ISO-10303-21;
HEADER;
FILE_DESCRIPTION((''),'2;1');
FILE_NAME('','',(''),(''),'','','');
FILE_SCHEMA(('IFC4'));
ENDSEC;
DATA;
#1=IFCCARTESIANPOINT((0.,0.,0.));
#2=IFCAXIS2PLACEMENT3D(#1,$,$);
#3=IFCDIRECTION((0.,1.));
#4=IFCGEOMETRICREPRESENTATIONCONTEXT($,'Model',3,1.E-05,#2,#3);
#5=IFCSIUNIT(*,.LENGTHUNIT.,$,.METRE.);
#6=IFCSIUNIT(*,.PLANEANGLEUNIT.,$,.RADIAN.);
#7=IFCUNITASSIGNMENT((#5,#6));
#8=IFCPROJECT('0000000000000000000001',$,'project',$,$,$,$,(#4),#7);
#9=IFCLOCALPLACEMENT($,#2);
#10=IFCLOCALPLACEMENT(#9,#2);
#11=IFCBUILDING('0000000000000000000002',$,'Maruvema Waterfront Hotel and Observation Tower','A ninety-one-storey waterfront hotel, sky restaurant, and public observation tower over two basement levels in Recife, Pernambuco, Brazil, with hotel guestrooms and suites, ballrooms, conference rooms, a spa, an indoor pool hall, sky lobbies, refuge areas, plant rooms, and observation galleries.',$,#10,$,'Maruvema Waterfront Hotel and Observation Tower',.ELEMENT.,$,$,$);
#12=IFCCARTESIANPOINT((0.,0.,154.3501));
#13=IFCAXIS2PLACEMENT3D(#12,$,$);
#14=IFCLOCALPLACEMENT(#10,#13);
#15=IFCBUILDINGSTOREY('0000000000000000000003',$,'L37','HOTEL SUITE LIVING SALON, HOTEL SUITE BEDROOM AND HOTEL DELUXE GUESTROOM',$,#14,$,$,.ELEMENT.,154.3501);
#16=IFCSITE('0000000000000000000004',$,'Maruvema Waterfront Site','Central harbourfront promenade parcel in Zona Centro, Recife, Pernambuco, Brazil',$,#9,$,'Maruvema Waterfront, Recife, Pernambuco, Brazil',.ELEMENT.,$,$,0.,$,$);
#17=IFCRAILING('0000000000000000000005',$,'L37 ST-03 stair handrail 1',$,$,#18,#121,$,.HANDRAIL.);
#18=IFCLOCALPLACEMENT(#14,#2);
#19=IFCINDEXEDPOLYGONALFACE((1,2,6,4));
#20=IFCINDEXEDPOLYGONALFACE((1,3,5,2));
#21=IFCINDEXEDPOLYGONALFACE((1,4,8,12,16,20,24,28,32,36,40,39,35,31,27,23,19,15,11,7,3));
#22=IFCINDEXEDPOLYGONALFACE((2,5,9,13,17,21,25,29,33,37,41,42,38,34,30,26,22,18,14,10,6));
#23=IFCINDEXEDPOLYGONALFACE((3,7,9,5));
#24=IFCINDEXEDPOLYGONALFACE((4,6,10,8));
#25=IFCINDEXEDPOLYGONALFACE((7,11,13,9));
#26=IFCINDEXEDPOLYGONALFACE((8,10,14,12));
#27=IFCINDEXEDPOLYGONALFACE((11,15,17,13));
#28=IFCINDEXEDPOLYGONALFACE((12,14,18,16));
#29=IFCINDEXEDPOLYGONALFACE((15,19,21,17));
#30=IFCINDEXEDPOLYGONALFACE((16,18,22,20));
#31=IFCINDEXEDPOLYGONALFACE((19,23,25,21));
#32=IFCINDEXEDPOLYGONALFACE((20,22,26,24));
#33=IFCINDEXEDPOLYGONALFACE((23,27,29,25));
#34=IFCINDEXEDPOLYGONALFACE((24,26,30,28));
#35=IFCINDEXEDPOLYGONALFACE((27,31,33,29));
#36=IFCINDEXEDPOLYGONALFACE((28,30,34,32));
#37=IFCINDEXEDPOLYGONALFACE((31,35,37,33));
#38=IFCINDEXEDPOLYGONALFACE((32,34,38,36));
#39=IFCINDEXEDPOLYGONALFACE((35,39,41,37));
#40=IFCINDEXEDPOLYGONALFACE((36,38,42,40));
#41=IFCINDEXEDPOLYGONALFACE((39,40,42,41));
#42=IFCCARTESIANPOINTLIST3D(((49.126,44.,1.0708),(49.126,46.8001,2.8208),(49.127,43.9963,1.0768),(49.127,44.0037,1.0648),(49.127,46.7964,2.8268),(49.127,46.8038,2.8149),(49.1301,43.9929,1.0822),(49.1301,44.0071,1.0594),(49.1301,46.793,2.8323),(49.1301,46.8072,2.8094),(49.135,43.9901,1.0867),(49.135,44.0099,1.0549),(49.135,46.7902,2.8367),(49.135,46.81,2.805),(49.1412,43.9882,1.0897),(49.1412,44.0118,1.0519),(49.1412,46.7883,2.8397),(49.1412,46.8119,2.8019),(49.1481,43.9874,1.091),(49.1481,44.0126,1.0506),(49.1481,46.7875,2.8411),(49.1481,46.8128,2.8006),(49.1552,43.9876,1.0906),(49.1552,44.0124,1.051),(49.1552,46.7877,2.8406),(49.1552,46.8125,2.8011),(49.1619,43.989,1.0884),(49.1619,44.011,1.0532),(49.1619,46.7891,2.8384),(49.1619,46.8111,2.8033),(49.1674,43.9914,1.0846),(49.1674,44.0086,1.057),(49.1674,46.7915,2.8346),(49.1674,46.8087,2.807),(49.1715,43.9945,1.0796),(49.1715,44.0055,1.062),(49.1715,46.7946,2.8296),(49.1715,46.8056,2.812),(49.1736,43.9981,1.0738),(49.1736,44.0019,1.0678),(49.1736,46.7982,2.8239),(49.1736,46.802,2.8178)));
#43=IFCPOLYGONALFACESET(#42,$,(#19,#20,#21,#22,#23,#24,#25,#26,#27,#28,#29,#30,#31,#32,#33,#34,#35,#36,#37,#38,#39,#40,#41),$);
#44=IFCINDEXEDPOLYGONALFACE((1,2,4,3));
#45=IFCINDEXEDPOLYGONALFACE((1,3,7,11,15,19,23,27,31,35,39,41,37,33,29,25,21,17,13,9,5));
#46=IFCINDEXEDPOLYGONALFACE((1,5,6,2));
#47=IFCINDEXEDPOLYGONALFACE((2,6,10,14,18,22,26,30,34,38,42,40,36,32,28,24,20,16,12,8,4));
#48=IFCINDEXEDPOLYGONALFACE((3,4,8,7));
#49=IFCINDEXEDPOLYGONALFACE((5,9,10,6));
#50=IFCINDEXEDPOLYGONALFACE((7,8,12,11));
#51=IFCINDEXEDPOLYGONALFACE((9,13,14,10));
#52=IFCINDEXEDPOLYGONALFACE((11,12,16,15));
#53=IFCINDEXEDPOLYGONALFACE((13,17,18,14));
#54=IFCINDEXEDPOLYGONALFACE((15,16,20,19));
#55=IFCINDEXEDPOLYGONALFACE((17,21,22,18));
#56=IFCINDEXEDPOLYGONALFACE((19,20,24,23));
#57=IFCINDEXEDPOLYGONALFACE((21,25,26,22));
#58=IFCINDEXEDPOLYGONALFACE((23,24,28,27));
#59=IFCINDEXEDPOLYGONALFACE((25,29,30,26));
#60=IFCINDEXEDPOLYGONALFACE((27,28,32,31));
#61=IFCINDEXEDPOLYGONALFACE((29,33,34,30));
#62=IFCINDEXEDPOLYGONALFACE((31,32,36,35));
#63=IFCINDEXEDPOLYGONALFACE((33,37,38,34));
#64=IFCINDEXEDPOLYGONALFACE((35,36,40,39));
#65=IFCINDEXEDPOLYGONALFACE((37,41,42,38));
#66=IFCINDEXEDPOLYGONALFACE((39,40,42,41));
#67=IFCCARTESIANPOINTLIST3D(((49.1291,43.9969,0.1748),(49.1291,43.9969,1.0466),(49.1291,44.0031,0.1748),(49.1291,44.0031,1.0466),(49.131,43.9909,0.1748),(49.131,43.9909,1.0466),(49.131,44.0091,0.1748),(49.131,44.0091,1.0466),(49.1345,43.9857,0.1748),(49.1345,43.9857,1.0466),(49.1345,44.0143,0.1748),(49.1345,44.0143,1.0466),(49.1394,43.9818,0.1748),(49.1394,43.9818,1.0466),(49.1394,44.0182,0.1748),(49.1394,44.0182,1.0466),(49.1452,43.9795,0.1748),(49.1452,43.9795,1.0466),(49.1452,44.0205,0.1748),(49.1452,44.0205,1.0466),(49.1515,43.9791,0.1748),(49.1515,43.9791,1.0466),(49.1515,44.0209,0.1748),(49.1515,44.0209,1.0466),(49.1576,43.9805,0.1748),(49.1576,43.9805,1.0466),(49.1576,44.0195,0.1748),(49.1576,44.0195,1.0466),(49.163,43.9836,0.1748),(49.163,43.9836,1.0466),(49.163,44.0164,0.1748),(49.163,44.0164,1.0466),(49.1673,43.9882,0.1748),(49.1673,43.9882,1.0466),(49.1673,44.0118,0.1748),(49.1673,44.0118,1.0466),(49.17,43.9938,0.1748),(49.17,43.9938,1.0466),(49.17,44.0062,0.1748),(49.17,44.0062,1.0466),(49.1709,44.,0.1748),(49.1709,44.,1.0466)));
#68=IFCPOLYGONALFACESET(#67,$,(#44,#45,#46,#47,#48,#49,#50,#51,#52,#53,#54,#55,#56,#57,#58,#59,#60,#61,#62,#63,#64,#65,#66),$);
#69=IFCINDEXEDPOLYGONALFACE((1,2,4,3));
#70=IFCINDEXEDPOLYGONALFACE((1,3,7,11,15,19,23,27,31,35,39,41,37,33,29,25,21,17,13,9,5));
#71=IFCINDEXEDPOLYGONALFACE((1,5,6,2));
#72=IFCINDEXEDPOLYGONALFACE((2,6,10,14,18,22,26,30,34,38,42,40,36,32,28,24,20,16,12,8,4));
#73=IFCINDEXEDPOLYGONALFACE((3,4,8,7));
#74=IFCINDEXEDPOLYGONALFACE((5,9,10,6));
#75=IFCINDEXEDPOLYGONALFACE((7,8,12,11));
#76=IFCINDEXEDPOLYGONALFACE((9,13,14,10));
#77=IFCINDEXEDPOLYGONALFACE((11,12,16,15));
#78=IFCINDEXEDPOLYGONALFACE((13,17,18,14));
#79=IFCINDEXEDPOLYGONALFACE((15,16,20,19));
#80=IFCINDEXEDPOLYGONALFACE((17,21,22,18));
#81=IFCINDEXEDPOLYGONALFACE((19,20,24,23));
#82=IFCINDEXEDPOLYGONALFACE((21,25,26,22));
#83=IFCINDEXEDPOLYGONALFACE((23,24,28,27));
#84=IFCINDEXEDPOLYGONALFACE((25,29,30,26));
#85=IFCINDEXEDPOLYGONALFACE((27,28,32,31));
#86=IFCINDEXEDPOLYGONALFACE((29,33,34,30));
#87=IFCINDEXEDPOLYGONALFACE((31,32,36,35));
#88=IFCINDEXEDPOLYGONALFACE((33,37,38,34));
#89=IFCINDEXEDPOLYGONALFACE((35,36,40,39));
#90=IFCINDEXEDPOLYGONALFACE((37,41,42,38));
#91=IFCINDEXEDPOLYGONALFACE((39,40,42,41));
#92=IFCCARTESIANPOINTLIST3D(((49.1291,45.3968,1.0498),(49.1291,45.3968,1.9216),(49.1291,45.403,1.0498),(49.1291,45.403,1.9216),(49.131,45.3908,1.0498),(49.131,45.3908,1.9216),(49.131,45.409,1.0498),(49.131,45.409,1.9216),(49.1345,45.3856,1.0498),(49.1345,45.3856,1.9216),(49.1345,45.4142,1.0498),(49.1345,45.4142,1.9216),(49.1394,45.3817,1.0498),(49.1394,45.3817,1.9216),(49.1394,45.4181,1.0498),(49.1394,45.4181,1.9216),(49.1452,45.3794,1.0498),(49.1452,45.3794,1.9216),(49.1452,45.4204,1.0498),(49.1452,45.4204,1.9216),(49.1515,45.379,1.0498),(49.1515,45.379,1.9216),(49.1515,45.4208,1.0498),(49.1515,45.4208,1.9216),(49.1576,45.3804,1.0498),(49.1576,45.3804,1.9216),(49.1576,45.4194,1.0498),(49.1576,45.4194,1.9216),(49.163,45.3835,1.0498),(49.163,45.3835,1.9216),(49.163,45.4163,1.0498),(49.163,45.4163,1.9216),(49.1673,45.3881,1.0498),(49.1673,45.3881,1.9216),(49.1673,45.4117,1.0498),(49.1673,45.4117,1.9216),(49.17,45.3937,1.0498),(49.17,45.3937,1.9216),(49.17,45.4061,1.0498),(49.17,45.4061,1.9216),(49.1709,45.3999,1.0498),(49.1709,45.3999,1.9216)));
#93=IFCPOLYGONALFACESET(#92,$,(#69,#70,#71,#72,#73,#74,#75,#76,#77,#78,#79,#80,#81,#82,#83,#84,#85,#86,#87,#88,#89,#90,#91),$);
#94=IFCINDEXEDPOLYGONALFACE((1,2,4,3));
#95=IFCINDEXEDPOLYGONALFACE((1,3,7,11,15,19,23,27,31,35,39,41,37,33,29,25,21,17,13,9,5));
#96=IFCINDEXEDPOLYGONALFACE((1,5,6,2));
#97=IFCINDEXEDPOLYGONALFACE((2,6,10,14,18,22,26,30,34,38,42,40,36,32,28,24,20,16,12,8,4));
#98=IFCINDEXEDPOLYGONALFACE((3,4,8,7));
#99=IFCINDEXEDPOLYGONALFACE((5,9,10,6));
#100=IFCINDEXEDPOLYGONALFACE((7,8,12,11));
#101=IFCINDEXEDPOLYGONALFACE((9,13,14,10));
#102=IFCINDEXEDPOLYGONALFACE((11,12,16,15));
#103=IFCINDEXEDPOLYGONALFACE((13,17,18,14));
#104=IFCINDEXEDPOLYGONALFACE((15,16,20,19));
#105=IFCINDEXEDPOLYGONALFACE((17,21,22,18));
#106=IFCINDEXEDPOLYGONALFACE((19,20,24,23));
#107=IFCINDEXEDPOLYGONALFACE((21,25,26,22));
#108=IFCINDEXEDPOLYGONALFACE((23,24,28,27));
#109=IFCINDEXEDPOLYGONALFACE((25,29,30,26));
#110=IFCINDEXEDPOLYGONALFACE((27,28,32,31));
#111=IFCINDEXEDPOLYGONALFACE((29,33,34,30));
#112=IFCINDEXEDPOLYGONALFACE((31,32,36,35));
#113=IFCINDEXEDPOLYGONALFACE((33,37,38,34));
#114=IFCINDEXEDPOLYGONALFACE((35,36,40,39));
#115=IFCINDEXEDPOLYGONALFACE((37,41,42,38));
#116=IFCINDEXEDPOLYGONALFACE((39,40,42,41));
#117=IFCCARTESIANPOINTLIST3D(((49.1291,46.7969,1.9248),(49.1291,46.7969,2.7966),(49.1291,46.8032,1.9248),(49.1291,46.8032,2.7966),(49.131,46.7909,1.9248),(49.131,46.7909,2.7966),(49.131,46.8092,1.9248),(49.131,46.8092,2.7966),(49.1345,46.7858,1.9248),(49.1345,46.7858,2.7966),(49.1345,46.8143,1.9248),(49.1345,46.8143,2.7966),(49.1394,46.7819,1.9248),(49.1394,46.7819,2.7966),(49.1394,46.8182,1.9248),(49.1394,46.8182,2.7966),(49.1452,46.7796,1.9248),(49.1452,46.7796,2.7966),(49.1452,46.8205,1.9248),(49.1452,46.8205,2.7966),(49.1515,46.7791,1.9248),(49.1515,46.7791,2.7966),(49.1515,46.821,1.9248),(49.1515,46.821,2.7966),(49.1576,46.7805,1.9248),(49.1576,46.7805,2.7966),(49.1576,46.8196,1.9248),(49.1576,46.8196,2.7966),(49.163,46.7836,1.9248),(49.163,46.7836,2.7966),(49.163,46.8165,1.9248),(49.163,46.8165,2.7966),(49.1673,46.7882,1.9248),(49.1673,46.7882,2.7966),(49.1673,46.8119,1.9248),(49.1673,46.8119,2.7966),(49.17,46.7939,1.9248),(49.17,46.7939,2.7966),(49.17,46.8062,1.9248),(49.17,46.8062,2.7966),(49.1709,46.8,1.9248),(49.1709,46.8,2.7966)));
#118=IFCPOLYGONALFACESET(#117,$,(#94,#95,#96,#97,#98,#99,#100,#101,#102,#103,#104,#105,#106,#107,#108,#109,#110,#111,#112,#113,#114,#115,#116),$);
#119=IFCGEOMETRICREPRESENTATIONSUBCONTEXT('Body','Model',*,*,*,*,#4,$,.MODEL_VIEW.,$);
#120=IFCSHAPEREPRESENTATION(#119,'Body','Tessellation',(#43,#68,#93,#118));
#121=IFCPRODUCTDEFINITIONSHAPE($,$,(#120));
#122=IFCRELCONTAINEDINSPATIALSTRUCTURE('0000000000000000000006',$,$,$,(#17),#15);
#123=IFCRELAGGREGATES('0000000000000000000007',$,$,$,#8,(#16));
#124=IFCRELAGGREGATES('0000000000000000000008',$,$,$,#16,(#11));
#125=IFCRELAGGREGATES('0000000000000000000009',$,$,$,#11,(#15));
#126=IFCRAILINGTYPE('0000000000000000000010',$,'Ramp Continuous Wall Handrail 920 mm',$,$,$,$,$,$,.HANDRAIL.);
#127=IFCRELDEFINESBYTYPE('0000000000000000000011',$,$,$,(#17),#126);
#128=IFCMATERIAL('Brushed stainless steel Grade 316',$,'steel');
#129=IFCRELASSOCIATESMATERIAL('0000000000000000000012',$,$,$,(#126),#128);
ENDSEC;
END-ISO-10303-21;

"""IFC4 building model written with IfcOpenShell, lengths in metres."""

from ifc_helpers import new_model, si_unit, direction, frame, origin, origin_2d, place, context, subcontext, project, spatial, circle, extrude, material, type_object, element, save


model = new_model("IFC4")

# Units and contexts
model_context = context("Model", 3, precision=1e-05, world=origin(), true_north=direction((0.0, 1.0)))
body_context = subcontext(model_context, "Body", "Model", "MODEL_VIEW")
ifc_project = project(units=[si_unit("LENGTHUNIT", "METRE"), si_unit("PLANEANGLEUNIT", "RADIAN")], contexts=[model_context])

# Site, building, storey
site_placement = place(None, origin())
site = spatial("IfcSite", under=ifc_project, at=site_placement, Name="Maruvema Waterfront Site", Description="Central harbourfront promenade parcel in Zona Centro, Recife, Pernambuco, Brazil", LongName="Maruvema Waterfront, Recife, Pernambuco, Brazil", CompositionType="ELEMENT", RefElevation=0.0)
building_placement = place(site_placement, origin())
building = spatial("IfcBuilding", under=site, at=building_placement, Name="Maruvema Waterfront Hotel and Observation Tower", Description="A ninety-one-storey waterfront hotel, sky restaurant, and public observation tower over two basement levels in Recife, Pernambuco, Brazil, with hotel guestrooms and suites, ballrooms, conference rooms, a spa, an indoor pool hall, sky lobbies, refuge areas, plant rooms, and observation galleries.", LongName="Maruvema Waterfront Hotel and Observation Tower", CompositionType="ELEMENT")
storey_placement = place(building_placement, frame((0.0, 0.0, 154.3501)))
storey = spatial("IfcBuildingStorey", under=building, at=storey_placement, Name="L37", Description="HOTEL SUITE LIVING SALON, HOTEL SUITE BEDROOM AND HOTEL DELUXE GUESTROOM", CompositionType="ELEMENT", Elevation=154.3501)

# Railing
ifc_material_1 = material(Name="Brushed stainless steel Grade 316", Category="steel")
railing_type_1 = type_object("IfcRailingType", Name="Ramp Continuous Wall Handrail 920 mm", PredefinedType="HANDRAIL", material=ifc_material_1)
railing_1_placement = place(storey_placement, frame((49.1499, 44.0, 0.1748)))
element("IfcRailing", 1, at=railing_1_placement, inside=storey, type_object=railing_type_1, Name="L37 ST-03 stair handrail 1", PredefinedType="HANDRAIL", context=body_context, shape_type="SweptSolid", body=[
    extrude(circle(Radius=0.0239, at=origin_2d()), frame((0.0, 0.0, 0.896), z_axis=(0.0, 0.848002, 0.529992), x_axis=(-1.0, 0.0, 0.0)), (0.0, 0.0, 1.0), 3.302),
    extrude(circle(Radius=0.021, at=origin_2d()), origin(), (0.0, 0.0, 1.0), 0.8718),
    extrude(circle(Radius=0.021, at=origin_2d()), frame((0.0, 1.3999, 0.875)), (0.0, 0.0, 1.0), 0.8718),
    extrude(circle(Radius=0.021, at=origin_2d()), frame((0.0, 2.8, 1.75)), (0.0, 0.0, 1.0), 0.8718),
])

save(model, "model.ifc")
